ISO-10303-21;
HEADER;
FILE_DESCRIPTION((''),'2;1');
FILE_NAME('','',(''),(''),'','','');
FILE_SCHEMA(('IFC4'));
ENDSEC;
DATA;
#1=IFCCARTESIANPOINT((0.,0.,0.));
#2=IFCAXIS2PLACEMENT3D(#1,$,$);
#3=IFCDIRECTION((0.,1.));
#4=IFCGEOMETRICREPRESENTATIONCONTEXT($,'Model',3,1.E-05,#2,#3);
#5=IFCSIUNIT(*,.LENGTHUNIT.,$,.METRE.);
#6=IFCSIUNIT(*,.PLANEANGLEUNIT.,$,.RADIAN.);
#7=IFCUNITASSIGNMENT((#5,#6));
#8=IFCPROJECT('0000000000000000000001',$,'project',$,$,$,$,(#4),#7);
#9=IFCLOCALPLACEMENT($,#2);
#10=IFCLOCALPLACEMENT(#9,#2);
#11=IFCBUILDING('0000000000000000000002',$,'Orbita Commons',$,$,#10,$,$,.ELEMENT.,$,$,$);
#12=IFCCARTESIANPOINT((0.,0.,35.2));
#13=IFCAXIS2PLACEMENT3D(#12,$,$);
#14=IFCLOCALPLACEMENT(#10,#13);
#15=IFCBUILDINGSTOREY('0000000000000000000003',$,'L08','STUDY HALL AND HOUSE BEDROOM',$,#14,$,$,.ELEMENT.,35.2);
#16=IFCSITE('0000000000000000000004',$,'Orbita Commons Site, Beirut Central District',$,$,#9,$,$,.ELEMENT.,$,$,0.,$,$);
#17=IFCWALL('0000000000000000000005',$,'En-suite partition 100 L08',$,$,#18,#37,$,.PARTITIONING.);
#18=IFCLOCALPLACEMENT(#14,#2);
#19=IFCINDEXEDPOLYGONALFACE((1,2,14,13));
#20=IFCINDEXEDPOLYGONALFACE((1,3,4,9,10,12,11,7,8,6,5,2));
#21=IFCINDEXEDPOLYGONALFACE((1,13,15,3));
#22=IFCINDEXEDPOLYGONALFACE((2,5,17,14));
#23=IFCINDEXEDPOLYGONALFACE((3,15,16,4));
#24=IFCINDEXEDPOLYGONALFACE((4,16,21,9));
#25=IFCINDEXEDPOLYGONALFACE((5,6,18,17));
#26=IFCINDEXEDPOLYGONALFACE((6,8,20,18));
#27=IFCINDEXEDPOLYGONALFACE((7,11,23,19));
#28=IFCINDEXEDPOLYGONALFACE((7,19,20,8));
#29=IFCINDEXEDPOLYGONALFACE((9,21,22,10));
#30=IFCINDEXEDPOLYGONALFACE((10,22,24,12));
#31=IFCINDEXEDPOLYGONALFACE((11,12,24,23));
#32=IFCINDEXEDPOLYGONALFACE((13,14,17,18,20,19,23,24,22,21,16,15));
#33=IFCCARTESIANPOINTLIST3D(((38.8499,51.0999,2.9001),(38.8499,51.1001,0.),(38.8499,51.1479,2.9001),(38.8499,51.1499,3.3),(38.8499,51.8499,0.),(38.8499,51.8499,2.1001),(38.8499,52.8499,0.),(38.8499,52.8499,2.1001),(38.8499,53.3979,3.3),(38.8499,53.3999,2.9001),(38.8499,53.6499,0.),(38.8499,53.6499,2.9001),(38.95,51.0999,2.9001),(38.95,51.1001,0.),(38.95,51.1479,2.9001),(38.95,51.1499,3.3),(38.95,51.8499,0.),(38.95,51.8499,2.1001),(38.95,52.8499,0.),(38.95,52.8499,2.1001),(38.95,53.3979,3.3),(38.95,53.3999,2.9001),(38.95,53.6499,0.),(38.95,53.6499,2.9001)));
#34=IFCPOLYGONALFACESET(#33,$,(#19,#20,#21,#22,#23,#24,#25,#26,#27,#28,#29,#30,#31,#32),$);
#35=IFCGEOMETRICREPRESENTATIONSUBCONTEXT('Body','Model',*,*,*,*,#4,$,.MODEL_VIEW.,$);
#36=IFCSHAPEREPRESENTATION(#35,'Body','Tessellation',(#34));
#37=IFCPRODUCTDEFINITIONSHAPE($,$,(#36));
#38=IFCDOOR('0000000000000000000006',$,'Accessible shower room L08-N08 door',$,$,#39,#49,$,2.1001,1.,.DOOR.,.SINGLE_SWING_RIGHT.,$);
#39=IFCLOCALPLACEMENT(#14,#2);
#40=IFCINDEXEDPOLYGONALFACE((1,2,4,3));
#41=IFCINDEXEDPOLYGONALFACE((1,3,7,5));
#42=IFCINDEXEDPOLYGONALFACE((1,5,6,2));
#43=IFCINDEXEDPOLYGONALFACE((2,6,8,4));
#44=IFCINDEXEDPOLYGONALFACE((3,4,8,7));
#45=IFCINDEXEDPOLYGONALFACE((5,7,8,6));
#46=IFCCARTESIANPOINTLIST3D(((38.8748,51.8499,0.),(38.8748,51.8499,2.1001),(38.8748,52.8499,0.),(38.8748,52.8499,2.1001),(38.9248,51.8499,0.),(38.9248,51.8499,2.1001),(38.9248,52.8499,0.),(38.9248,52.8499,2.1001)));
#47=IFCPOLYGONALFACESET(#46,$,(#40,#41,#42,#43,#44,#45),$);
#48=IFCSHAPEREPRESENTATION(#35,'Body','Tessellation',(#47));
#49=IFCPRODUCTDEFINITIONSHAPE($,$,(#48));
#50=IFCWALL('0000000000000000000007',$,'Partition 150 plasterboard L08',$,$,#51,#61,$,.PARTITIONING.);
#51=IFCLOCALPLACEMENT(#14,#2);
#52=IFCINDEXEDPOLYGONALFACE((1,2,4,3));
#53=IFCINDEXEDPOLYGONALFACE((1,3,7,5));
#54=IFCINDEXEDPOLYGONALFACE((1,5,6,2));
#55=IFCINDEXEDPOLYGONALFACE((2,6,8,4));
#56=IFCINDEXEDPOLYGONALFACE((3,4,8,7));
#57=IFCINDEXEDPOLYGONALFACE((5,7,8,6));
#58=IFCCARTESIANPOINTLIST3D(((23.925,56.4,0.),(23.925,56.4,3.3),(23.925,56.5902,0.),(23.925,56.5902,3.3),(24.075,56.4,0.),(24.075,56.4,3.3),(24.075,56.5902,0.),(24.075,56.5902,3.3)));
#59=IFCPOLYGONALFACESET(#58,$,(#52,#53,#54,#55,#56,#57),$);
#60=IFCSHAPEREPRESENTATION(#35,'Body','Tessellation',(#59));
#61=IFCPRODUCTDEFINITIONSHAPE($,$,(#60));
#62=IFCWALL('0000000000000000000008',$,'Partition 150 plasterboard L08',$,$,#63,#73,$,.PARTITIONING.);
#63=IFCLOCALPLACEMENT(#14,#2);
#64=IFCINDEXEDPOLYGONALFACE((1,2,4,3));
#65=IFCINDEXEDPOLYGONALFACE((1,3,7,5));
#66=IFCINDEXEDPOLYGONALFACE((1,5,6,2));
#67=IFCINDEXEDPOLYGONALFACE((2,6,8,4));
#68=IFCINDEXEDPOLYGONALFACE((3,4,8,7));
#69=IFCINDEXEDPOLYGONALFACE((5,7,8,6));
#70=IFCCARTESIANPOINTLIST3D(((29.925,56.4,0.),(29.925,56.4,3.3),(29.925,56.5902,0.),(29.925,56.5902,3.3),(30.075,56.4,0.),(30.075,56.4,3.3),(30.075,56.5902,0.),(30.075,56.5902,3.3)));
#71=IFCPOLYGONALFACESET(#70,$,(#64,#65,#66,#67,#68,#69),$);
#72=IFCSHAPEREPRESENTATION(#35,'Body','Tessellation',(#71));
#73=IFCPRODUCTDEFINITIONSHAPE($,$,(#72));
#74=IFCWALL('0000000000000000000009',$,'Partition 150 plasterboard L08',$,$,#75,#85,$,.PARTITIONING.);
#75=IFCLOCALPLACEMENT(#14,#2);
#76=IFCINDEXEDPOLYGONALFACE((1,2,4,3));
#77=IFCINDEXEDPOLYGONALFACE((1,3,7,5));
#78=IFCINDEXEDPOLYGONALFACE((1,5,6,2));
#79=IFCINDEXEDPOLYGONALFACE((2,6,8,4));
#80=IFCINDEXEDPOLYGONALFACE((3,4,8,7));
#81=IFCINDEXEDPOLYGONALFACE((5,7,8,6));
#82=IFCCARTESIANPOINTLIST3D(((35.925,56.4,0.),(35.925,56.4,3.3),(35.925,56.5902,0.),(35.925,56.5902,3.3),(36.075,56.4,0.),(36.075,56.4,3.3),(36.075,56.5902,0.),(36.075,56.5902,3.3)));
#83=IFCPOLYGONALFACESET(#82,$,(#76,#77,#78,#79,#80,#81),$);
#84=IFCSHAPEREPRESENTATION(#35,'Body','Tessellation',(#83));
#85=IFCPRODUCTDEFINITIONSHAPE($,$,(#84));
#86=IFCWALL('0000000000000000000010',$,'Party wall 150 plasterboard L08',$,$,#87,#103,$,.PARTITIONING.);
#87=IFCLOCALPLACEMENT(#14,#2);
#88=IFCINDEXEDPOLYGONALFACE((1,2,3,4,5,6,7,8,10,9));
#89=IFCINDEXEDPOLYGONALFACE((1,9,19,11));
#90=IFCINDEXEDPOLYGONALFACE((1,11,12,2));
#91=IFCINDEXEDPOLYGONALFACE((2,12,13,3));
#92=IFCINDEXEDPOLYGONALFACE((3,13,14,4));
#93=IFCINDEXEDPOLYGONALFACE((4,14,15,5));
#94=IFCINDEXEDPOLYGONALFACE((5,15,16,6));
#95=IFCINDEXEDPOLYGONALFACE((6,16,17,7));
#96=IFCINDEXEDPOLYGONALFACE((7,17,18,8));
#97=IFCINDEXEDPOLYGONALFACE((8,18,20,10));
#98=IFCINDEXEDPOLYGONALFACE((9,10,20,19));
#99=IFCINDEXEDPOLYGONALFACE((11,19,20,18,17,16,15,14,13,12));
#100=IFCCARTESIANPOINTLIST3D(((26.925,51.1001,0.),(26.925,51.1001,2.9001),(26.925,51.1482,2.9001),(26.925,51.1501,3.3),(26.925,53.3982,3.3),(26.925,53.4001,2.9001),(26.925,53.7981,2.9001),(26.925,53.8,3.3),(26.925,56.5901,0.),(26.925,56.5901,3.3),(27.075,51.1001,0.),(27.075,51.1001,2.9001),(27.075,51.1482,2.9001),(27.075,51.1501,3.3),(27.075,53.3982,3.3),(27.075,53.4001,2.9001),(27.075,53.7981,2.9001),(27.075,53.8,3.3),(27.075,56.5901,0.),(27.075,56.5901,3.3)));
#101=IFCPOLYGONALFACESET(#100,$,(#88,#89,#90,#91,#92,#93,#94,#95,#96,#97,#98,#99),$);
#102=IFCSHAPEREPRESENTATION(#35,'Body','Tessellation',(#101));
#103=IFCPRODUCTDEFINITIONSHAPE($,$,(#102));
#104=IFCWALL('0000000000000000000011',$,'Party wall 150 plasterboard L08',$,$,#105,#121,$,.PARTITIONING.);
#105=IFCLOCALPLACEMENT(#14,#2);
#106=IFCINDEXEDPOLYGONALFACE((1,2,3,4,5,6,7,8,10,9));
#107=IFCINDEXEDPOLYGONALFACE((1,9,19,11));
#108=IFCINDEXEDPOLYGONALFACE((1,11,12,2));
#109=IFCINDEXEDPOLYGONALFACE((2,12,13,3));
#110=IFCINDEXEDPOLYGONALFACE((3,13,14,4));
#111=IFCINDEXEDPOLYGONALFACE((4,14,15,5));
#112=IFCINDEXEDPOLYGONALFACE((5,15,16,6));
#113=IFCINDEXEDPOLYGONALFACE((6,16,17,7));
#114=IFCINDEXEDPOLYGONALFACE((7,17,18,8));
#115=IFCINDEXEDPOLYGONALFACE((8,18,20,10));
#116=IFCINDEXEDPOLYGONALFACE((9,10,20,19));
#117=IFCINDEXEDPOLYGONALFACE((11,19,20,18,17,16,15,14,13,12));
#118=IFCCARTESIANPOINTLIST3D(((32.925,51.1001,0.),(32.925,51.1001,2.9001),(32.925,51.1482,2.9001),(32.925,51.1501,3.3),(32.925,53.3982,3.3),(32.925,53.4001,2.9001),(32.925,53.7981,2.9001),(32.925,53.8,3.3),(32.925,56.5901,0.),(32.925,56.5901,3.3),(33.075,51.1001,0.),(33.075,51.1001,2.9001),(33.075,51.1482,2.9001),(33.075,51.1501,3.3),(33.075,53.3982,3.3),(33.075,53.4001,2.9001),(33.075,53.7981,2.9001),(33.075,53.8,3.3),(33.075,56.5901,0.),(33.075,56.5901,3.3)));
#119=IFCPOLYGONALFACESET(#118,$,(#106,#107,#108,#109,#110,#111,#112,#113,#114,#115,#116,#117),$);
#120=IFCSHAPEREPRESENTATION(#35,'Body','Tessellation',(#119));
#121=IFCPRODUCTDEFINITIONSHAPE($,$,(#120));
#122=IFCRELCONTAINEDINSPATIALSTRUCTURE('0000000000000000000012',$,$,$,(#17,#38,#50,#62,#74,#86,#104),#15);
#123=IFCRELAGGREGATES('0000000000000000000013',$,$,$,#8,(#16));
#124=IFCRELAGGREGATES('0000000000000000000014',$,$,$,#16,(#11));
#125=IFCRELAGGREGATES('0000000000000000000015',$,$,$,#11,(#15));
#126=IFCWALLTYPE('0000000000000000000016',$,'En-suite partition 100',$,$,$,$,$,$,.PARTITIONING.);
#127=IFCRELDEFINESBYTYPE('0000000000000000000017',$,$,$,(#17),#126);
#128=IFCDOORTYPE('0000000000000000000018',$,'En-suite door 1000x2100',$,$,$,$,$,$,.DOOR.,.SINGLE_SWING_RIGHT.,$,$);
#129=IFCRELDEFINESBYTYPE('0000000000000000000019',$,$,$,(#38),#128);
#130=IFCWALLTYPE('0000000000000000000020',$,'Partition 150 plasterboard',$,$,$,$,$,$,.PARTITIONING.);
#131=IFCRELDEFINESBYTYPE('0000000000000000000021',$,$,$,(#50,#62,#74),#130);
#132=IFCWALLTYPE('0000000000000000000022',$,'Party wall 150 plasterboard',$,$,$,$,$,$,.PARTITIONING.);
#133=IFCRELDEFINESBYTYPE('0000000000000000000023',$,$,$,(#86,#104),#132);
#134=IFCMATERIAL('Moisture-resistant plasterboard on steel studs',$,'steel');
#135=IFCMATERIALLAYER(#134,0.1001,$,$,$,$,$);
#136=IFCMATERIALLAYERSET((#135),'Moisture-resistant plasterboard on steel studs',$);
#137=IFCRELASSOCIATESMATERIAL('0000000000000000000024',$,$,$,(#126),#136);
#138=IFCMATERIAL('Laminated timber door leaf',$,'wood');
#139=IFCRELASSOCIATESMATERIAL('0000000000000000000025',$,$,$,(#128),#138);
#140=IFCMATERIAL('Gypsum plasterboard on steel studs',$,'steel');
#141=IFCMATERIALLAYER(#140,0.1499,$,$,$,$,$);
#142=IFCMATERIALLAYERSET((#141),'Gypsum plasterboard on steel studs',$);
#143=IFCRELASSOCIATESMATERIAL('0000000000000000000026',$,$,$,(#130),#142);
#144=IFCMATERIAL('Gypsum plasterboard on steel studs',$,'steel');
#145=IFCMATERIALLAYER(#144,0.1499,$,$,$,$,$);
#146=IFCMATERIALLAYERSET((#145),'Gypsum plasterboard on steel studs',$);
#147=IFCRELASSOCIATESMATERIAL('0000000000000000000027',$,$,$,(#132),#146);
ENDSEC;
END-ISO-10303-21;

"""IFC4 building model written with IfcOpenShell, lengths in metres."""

from ifc_helpers import new_model, si_unit, direction, frame, frame_2d, origin, place, context, subcontext, project, spatial, polyline, rectangle, outline, extrude, material, layer, layer_set, type_object, element, fill, save


model = new_model("IFC4")

# Units and contexts
model_context = context("Model", 3, precision=1e-05, world=origin(), true_north=direction((0.0, 1.0)))
body_context = subcontext(model_context, "Body", "Model", "MODEL_VIEW")
ifc_project = project(units=[si_unit("LENGTHUNIT", "METRE"), si_unit("PLANEANGLEUNIT", "RADIAN")], contexts=[model_context])

# Site, building, storey
site_placement = place(None, origin())
site = spatial("IfcSite", under=ifc_project, at=site_placement, Name="Orbita Commons Site, Beirut Central District", CompositionType="ELEMENT", RefElevation=0.0)
building_placement = place(site_placement, origin())
building = spatial("IfcBuilding", under=site, at=building_placement, Name="Orbita Commons", CompositionType="ELEMENT")
storey_placement = place(building_placement, frame((0.0, 0.0, 35.2)))
storey = spatial("IfcBuildingStorey", under=building, at=storey_placement, Name="L08", Description="STUDY HALL AND HOUSE BEDROOM", CompositionType="ELEMENT", Elevation=35.2)

# Shared definitions
ifc_material_1 = material(Name="Moisture-resistant plasterboard on steel studs", Category="steel")
ifc_layer_1 = layer(ifc_material_1, 0.1001)
ifc_layer_set_1 = layer_set([ifc_layer_1], Name="Moisture-resistant plasterboard on steel studs")
wall_type_1 = type_object("IfcWallType", Name="En-suite partition 100", PredefinedType="PARTITIONING", material=ifc_layer_set_1)

# Wall, opening, door
wall_1_placement = place(storey_placement, frame((38.8999, 53.6499, 0.0), z_axis=(0.0, 0.0, 1.0), x_axis=(0.0, -1.0, 0.0)))
wall_1 = element("IfcWall", 1, at=wall_1_placement, inside=storey, type_object=wall_type_1, Name="En-suite partition 100 L08", PredefinedType="PARTITIONING", context=body_context, shape_type="SweptSolid", body=[
    extrude(outline(polyline([(0.0, 0.0), (2.5498, 0.0), (2.55, 2.9001), (2.502, 2.9001), (2.5, 3.3), (0.252, 3.3), (0.25, 2.9001), (0.0, 2.9001), (0.0, 0.0)])), frame((0.0, 0.05, 0.0), z_axis=(0.0, -1.0, 0.0), x_axis=(1.0, 0.0, 0.0)), (0.0, 0.0, 1.0), 0.1001),
])
opening_placement = place(wall_1_placement, frame((0.8, 0.0, 0.0)))
opening = element("IfcOpeningElement", 2, at=opening_placement, cuts=wall_1, PredefinedType="OPENING", context=body_context, shape_type="SweptSolid", body=[
    extrude(rectangle(XDim=1.0, YDim=2.1001, at=frame_2d((0.5, 1.05))), frame((0.0, 0.0601, 0.0), z_axis=(0.0, -1.0, 0.0), x_axis=(1.0, 0.0, 0.0)), (0.0, 0.0, 1.0), 0.1201),
])
ifc_material_2 = material(Name="Laminated timber door leaf", Category="wood")
door_type = type_object("IfcDoorType", Name="En-suite door 1000x2100", OperationType="SINGLE_SWING_RIGHT", PredefinedType="DOOR", material=ifc_material_2)
door_placement = place(opening_placement, origin())
door = element("IfcDoor", 3, at=door_placement, inside=storey, type_object=door_type, Name="Accessible shower room L08-N08 door", OperationType="SINGLE_SWING_RIGHT", OverallHeight=2.1001, OverallWidth=1.0, PredefinedType="DOOR", context=body_context, shape_type="SweptSolid", body=[
    extrude(rectangle(XDim=1.0, YDim=2.1001, at=frame_2d((0.5, 1.05))), frame((0.0, 0.0249, 0.0), z_axis=(0.0, -1.0, 0.0), x_axis=(1.0, 0.0, 0.0)), (0.0, 0.0, 1.0), 0.05),
])
fill(opening, door)

# Walls
ifc_material_3 = material(Name="Gypsum plasterboard on steel studs", Category="steel")
ifc_layer_2 = layer(ifc_material_3, 0.1499)
ifc_layer_set_2 = layer_set([ifc_layer_2], Name="Gypsum plasterboard on steel studs")
wall_type_2 = type_object("IfcWallType", Name="Partition 150 plasterboard", PredefinedType="PARTITIONING", material=ifc_layer_set_2)
for number, where, z_axis, x_axis, name in (
    (4, (24.0, 56.3999, 0.0), (0.0, 0.0, 1.0), (0.0, 1.0, 0.0), "Partition 150 plasterboard L08"),
    (5, (30.0, 56.3999, 0.0), (0.0, 0.0, 1.0), (0.0, 1.0, 0.0), "Partition 150 plasterboard L08"),
    (6, (36.0, 56.3999, 0.0), (0.0, 0.0, 1.0), (0.0, 1.0, 0.0), "Partition 150 plasterboard L08"),
):
    element("IfcWall", number, at=place(storey_placement, frame(where, z_axis=z_axis, x_axis=x_axis)), inside=storey, type_object=wall_type_2, Name=name, PredefinedType="PARTITIONING", context=body_context, shape_type="SweptSolid", body=[
        extrude(rectangle(XDim=0.1902, YDim=0.1499, at=frame_2d((0.0952, 0.0))), origin(), (0.0, 0.0, 1.0), 3.3),
    ])
ifc_material_4 = material(Name="Gypsum plasterboard on steel studs", Category="steel")
ifc_layer_3 = layer(ifc_material_4, 0.1499)
ifc_layer_set_3 = layer_set([ifc_layer_3], Name="Gypsum plasterboard on steel studs")
wall_type_3 = type_object("IfcWallType", Name="Party wall 150 plasterboard", PredefinedType="PARTITIONING", material=ifc_layer_set_3)
for number, where, z_axis, x_axis, name in (
    (7, (27.0, 56.5901, 0.0), (0.0, 0.0, 1.0), (0.0, -1.0, 0.0), "Party wall 150 plasterboard L08"),
    (8, (33.0, 56.5901, 0.0), (0.0, 0.0, 1.0), (0.0, -1.0, 0.0), "Party wall 150 plasterboard L08"),
):
    element("IfcWall", number, at=place(storey_placement, frame(where, z_axis=z_axis, x_axis=x_axis)), inside=storey, type_object=wall_type_3, Name=name, PredefinedType="PARTITIONING", context=body_context, shape_type="SweptSolid", body=[
        extrude(outline(polyline([(0.0, 0.0), (5.49, 0.0), (5.49, 2.9001), (5.4419, 2.9001), (5.4399, 3.3), (3.1919, 3.3), (3.1899, 2.9001), (2.792, 2.9001), (2.79, 3.3), (0.0, 3.3), (0.0, 0.0)])), frame((0.0, 0.075, 0.0), z_axis=(0.0, -1.0, 0.0), x_axis=(1.0, 0.0, 0.0)), (0.0, 0.0, 1.0), 0.1499),
    ])

save(model, "model.ifc")
